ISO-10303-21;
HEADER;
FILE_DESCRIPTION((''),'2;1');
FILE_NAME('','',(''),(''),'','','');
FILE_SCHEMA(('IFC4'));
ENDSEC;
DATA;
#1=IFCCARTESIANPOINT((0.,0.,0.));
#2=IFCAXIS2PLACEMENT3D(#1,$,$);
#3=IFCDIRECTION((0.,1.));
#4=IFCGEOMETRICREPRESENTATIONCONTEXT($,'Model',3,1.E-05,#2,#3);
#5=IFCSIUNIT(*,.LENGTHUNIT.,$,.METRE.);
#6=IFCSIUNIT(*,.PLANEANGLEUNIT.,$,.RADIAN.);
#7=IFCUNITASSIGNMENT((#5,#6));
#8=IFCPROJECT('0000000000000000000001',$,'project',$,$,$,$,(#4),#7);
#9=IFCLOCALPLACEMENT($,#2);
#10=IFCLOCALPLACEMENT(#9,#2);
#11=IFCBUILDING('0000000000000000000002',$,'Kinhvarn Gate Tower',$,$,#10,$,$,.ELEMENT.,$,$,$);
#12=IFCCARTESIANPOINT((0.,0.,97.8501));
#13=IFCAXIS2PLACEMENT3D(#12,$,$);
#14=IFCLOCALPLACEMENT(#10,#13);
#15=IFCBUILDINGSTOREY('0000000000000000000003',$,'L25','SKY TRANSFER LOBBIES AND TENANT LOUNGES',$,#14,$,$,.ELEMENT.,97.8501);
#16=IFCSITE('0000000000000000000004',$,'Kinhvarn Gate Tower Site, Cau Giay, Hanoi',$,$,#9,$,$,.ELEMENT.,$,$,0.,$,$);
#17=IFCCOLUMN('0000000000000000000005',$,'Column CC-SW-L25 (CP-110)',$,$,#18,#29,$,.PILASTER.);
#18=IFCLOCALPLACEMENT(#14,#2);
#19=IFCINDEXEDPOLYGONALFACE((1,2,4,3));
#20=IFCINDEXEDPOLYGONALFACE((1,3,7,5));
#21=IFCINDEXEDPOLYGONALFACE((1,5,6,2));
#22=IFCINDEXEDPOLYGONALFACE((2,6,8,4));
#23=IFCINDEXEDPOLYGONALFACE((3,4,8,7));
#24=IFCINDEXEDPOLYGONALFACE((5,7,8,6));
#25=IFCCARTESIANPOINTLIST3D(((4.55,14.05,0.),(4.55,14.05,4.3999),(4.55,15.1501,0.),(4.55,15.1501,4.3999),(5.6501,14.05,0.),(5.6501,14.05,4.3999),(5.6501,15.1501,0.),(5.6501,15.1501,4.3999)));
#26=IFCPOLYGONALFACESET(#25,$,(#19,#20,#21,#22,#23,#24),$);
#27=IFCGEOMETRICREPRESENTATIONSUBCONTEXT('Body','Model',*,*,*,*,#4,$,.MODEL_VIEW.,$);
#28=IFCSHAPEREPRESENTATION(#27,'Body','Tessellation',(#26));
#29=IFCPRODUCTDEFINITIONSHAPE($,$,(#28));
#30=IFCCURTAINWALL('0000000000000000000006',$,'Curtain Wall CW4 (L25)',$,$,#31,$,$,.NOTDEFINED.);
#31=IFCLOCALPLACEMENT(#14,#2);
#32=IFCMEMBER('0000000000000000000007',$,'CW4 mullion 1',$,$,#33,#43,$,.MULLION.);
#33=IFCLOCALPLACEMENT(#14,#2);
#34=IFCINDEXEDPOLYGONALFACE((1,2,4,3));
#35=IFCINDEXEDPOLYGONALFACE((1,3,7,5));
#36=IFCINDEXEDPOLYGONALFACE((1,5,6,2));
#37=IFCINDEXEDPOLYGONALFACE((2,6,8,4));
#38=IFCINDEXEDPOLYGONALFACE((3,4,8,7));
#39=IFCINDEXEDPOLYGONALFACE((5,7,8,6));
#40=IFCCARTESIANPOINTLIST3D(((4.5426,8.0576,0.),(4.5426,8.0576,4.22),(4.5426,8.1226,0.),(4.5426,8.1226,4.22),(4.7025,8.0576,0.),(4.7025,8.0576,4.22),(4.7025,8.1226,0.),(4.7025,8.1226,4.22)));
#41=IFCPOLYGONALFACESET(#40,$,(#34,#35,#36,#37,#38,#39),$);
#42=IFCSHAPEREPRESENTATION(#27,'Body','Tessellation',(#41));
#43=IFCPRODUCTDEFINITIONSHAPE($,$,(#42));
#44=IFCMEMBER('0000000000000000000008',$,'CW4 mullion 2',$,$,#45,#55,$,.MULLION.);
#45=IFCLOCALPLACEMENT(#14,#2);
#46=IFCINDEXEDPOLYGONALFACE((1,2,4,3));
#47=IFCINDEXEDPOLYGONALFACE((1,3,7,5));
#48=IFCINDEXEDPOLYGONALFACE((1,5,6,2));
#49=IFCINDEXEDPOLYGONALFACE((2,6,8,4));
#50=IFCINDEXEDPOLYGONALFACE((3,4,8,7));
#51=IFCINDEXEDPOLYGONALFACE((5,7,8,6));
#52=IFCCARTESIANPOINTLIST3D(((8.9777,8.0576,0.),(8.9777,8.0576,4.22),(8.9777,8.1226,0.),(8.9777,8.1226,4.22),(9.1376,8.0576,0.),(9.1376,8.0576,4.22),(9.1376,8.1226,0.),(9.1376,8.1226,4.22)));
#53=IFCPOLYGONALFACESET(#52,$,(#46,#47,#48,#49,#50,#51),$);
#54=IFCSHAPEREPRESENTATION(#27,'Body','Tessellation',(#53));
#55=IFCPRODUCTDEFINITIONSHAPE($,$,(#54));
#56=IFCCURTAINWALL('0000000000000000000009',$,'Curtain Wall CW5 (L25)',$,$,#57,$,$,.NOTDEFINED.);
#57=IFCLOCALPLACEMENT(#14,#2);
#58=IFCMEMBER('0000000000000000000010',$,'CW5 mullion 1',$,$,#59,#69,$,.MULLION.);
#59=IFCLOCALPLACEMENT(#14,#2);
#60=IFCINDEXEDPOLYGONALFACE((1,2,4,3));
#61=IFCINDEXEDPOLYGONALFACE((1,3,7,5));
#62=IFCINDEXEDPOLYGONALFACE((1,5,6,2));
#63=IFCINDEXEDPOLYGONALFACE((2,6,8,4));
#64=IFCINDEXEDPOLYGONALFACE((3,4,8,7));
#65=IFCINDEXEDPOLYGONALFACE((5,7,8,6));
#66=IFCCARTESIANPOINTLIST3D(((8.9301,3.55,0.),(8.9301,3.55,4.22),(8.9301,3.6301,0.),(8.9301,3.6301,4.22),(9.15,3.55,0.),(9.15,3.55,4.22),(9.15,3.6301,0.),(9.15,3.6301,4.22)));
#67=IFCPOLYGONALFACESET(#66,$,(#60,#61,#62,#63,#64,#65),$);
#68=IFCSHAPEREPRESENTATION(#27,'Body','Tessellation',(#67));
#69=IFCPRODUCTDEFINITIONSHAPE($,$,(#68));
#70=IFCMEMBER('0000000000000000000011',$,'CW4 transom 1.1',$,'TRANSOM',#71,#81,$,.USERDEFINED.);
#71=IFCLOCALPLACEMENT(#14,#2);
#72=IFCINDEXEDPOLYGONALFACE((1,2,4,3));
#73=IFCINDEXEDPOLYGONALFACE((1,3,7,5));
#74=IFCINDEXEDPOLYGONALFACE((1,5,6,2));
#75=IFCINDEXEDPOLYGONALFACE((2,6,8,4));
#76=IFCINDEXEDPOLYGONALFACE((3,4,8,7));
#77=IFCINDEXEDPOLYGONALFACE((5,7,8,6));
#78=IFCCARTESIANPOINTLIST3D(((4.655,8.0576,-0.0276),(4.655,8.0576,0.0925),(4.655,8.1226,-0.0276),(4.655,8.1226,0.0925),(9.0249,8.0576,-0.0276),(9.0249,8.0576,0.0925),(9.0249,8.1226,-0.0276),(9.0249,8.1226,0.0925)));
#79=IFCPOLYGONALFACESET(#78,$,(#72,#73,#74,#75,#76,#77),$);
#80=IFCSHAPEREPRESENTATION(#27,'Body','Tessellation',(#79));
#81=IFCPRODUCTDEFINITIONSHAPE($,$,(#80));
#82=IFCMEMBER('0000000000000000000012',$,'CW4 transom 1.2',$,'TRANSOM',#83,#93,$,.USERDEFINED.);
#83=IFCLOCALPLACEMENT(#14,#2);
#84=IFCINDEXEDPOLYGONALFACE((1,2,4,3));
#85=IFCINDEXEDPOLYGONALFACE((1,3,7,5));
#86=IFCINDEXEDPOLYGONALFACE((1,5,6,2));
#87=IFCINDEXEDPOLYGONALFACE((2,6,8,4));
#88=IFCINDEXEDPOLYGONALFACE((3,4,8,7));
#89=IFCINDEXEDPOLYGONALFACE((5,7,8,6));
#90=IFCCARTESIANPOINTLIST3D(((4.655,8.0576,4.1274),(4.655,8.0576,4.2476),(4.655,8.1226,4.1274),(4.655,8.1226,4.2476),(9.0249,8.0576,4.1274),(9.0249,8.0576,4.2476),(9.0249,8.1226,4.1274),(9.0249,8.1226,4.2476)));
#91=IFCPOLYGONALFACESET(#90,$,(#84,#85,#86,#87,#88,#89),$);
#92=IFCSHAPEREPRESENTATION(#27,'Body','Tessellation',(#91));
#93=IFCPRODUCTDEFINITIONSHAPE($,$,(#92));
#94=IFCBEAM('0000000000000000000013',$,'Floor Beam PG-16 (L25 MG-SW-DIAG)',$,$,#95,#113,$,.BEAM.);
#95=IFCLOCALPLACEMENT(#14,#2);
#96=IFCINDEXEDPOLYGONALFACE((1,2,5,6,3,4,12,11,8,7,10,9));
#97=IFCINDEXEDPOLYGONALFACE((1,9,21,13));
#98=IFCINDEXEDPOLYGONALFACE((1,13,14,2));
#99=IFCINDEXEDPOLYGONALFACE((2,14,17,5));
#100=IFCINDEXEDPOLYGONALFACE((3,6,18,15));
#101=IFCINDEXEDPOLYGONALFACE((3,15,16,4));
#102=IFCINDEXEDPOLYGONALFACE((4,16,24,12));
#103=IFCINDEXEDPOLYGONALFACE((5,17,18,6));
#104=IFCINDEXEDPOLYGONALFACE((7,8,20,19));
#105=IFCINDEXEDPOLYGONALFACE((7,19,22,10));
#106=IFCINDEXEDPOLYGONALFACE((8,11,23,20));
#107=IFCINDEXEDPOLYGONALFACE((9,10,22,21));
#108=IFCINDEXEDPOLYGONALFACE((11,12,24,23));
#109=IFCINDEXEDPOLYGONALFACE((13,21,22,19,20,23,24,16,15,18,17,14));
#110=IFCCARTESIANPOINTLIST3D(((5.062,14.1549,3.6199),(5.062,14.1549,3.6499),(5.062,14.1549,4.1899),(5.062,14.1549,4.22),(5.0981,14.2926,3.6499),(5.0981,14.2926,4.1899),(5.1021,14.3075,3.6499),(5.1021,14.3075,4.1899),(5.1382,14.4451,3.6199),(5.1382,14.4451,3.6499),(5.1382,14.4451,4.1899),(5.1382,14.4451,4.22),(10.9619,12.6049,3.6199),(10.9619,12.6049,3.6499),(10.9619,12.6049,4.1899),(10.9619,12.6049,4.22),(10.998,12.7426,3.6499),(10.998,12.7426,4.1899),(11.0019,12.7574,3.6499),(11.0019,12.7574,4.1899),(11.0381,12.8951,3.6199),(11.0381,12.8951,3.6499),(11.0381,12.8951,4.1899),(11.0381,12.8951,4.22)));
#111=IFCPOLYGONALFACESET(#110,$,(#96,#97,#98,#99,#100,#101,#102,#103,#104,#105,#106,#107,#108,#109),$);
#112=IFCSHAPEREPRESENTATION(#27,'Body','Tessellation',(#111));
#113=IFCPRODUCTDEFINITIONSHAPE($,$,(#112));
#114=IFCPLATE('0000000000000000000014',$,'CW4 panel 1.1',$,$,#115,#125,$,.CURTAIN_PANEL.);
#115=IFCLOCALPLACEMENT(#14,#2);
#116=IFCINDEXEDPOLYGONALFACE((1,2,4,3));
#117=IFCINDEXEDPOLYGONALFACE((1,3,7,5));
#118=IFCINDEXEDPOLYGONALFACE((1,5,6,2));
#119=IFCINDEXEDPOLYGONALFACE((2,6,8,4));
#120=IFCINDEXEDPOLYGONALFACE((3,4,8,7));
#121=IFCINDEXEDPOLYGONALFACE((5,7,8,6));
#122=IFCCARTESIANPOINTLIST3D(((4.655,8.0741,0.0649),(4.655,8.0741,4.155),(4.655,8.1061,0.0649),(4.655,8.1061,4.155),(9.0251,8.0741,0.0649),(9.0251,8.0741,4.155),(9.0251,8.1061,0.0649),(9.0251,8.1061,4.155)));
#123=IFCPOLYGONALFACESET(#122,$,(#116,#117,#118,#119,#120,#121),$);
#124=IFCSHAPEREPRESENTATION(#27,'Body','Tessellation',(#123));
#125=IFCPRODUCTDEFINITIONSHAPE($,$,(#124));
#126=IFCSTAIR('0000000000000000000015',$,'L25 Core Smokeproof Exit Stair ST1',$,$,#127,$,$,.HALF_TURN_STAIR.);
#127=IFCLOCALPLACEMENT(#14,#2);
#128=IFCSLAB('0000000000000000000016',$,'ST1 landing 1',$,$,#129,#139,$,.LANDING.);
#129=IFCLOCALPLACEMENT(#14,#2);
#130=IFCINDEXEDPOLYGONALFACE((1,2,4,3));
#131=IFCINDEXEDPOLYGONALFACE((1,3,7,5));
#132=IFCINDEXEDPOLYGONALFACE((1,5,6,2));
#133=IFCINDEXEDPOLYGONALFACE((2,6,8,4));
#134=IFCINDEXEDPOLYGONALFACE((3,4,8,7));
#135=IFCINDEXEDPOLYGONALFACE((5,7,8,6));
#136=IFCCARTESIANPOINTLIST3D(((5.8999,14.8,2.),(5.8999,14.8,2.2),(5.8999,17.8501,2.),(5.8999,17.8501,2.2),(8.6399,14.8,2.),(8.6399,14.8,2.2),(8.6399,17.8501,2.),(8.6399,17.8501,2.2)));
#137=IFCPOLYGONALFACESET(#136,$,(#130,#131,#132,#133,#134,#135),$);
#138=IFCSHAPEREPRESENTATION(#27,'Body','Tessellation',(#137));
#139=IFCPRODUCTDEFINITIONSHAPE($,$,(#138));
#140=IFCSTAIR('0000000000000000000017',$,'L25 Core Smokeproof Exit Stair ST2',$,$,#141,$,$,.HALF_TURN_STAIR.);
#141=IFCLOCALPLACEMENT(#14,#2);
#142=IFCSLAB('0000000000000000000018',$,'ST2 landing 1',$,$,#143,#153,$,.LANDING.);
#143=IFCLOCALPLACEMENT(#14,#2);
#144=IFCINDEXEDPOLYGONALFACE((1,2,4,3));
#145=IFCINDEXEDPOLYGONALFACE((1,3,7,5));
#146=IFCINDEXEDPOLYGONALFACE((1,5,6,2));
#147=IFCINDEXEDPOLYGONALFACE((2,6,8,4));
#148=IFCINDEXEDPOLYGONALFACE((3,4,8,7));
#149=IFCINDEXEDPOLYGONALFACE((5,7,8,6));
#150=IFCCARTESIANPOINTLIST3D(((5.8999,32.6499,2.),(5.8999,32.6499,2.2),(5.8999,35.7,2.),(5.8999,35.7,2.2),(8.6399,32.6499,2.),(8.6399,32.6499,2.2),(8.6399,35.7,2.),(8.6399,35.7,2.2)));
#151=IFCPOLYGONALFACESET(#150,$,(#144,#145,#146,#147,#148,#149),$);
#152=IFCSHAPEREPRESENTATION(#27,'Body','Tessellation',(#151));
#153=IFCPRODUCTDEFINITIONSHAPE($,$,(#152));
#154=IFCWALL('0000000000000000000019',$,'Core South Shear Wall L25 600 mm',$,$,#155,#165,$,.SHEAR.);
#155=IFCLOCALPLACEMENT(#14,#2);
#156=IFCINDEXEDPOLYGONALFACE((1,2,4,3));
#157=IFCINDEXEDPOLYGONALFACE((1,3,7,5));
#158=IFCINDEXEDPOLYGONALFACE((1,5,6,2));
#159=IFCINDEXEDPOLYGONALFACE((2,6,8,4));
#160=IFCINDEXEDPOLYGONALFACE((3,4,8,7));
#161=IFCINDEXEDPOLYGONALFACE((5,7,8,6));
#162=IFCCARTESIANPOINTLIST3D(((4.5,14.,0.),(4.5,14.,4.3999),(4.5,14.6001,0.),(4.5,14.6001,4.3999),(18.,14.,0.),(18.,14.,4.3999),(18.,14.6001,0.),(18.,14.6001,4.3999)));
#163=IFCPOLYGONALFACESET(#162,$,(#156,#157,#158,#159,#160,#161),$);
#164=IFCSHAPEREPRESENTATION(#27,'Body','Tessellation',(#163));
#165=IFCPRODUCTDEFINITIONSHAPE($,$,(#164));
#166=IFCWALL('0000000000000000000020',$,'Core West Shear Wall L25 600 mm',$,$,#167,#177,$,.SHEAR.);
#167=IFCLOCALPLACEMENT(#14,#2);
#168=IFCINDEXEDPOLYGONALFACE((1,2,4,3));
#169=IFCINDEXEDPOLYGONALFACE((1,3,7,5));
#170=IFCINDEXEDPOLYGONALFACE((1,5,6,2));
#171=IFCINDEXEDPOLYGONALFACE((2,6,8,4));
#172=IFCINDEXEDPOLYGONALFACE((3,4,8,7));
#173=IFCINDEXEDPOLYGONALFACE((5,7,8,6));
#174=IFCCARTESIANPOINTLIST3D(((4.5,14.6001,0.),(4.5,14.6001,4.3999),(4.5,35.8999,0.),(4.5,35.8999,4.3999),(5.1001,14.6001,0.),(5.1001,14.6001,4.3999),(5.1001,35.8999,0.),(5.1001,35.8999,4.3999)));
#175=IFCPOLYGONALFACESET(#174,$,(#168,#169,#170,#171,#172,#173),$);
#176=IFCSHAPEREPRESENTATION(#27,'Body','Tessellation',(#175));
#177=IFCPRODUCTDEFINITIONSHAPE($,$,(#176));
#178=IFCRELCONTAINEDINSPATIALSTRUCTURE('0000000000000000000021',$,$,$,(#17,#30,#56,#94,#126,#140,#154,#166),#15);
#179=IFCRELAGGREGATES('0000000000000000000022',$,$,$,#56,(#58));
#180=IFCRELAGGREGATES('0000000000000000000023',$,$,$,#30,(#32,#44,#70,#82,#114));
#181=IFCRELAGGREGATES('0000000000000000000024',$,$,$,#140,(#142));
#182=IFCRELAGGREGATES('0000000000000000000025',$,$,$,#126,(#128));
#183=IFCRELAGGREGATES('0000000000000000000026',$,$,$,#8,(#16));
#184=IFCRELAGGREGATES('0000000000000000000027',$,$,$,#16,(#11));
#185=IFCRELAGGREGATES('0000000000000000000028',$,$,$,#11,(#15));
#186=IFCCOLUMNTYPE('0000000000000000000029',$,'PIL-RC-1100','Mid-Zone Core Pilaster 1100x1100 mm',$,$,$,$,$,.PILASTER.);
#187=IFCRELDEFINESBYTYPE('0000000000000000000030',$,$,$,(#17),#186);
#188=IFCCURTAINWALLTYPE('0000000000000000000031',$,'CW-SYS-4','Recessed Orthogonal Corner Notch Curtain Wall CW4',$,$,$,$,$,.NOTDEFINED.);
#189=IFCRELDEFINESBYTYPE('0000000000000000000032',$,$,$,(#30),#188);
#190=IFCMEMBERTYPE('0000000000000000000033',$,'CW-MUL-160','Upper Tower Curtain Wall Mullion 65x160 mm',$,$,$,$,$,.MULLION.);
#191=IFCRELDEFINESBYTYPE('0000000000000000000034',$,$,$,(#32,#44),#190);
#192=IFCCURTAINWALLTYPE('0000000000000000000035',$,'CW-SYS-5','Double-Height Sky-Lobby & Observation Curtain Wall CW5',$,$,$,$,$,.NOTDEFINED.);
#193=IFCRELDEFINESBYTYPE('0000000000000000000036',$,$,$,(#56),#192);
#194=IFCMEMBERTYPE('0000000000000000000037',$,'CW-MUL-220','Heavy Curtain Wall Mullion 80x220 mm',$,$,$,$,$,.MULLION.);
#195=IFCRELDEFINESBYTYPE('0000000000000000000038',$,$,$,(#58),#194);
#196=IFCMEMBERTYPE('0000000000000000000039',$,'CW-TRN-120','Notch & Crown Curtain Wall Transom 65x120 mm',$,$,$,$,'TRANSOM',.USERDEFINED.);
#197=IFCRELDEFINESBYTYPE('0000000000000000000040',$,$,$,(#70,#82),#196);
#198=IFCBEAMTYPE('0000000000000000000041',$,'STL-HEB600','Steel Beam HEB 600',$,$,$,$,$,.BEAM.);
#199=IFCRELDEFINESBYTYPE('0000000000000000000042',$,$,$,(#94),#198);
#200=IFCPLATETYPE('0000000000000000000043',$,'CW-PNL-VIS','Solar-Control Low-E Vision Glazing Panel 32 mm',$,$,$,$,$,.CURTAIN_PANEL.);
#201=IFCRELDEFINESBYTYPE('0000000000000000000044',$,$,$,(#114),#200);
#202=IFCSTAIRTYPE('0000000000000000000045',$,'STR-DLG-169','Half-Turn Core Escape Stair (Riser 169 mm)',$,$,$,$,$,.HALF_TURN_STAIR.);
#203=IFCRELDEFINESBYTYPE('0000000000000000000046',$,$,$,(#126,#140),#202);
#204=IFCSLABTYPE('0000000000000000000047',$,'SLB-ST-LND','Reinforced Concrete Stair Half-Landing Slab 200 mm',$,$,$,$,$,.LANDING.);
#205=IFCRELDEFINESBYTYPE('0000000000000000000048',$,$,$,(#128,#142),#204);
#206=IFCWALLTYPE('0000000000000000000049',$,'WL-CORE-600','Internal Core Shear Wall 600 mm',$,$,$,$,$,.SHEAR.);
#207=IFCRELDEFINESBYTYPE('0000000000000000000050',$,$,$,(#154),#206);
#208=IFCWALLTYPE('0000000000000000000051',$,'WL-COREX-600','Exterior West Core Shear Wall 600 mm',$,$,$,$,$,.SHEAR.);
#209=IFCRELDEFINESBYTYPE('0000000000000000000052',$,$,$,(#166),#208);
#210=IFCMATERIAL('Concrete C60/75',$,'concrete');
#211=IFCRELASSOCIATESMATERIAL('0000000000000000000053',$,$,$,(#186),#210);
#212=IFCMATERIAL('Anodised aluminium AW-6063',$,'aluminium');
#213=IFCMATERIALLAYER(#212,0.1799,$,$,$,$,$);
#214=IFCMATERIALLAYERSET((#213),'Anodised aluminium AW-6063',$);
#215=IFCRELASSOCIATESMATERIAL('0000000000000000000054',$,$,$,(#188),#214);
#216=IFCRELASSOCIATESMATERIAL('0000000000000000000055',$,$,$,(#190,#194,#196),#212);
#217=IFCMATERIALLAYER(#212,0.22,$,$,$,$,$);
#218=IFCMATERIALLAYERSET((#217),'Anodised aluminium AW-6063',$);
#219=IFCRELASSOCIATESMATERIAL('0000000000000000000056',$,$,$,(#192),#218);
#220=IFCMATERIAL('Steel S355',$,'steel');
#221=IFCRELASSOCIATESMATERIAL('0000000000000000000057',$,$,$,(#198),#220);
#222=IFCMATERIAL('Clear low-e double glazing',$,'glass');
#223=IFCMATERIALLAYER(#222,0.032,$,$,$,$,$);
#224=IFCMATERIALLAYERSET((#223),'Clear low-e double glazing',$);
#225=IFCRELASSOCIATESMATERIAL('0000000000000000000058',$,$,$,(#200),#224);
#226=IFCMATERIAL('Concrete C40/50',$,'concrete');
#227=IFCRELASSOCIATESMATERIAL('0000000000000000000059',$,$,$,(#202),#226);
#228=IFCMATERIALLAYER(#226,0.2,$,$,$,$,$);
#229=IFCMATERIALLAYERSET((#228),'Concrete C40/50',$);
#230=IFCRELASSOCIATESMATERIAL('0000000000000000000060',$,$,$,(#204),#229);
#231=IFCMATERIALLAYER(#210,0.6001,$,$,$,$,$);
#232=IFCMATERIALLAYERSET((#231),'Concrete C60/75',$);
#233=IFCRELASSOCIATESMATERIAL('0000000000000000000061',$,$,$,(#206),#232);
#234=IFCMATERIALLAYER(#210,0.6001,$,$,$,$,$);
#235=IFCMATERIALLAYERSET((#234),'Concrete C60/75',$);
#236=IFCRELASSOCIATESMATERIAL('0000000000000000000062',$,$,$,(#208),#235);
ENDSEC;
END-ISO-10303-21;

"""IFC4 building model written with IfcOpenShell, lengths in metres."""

from ifc_helpers import new_model, si_unit, direction, frame, frame_2d, origin, origin_2d, place, context, subcontext, project, spatial, polyline, rectangle, i_section, outline, extrude, material, layer, layer_set, material_profile, profile_set, type_object, element, aggregate, save


model = new_model("IFC4")

# Units and contexts
model_context = context("Model", 3, precision=1e-05, world=origin(), true_north=direction((0.0, 1.0)))
body_context = subcontext(model_context, "Body", "Model", "MODEL_VIEW")
ifc_project = project(units=[si_unit("LENGTHUNIT", "METRE"), si_unit("PLANEANGLEUNIT", "RADIAN")], contexts=[model_context])

# Site, building, storey
site_placement = place(None, origin())
site = spatial("IfcSite", under=ifc_project, at=site_placement, Name="Kinhvarn Gate Tower Site, Cau Giay, Hanoi", CompositionType="ELEMENT", RefElevation=0.0)
building_placement = place(site_placement, origin())
building = spatial("IfcBuilding", under=site, at=building_placement, Name="Kinhvarn Gate Tower", CompositionType="ELEMENT")
storey_placement = place(building_placement, frame((0.0, 0.0, 97.8501)))
storey = spatial("IfcBuildingStorey", under=building, at=storey_placement, Name="L25", Description="SKY TRANSFER LOBBIES AND TENANT LOUNGES", CompositionType="ELEMENT", Elevation=97.8501)

# Column
ifc_material_1 = material(Name="Concrete C60/75", Category="concrete")
ifc_material_profile_1 = material_profile(ifc_material_1, rectangle(XDim=1.1001, YDim=1.1001, at=origin_2d()), Name="RC 1100x1100")
ifc_profile_set_1 = profile_set([ifc_material_profile_1], Name="Concrete C60/75")
column_type = type_object("IfcColumnType", Name="PIL-RC-1100", Description="Mid-Zone Core Pilaster 1100x1100 mm", PredefinedType="PILASTER", material=ifc_profile_set_1)
column_placement = place(storey_placement, frame((5.1001, 14.6001, 0.0), z_axis=(0.0, 0.0, 1.0), x_axis=(1.0, 0.0, 0.0)))
element("IfcColumn", 1, at=column_placement, inside=storey, type_object=column_type, Name="Column CC-SW-L25 (CP-110)", PredefinedType="PILASTER", context=body_context, shape_type="SweptSolid", body=[
    extrude(rectangle(XDim=1.1001, YDim=1.1001, at=origin_2d()), origin(), (0.0, 0.0, 1.0), 4.3999),
])

# Curtain wall, members
ifc_material_2 = material(Name="Anodised aluminium AW-6063", Category="aluminium")
ifc_layer_1 = layer(ifc_material_2, 0.1799)
ifc_layer_set_1 = layer_set([ifc_layer_1], Name="Anodised aluminium AW-6063")
curtain_wall_type_1 = type_object("IfcCurtainWallType", Name="CW-SYS-4", Description="Recessed Orthogonal Corner Notch Curtain Wall CW4", PredefinedType="NOTDEFINED", material=ifc_layer_set_1)
curtain_wall_1_placement = place(storey_placement, origin())
curtain_wall_1 = element("IfcCurtainWall", 2, at=curtain_wall_1_placement, inside=storey, type_object=curtain_wall_type_1, Name="Curtain Wall CW4 (L25)", PredefinedType="NOTDEFINED")
ifc_material_profile_2 = material_profile(ifc_material_2, rectangle(XDim=0.0649, YDim=0.1599, at=origin_2d()), Name="ALU 65x160")
ifc_profile_set_2 = profile_set([ifc_material_profile_2], Name="Anodised aluminium AW-6063")
member_type_1 = type_object("IfcMemberType", Name="CW-MUL-160", Description="Upper Tower Curtain Wall Mullion 65x160 mm", PredefinedType="MULLION", material=ifc_profile_set_2)
member_1_placement = place(storey_placement, frame((4.6226, 8.0901, 0.0), z_axis=(0.0, 0.0, 1.0), x_axis=(0.0, 1.0, 0.0)))
member_1 = element("IfcMember", 3, at=member_1_placement, type_object=member_type_1, Name="CW4 mullion 1", PredefinedType="MULLION", context=body_context, shape_type="SweptSolid", body=[
    extrude(rectangle(XDim=0.0649, YDim=0.1599, at=origin_2d()), origin(), (0.0, 0.0, 1.0), 4.22),
])
member_2_placement = place(storey_placement, frame((9.0576, 8.0901, 0.0), z_axis=(0.0, 0.0, 1.0), x_axis=(0.0, 1.0, 0.0)))
member_2 = element("IfcMember", 4, at=member_2_placement, type_object=member_type_1, Name="CW4 mullion 2", PredefinedType="MULLION", context=body_context, shape_type="SweptSolid", body=[
    extrude(rectangle(XDim=0.0649, YDim=0.1599, at=origin_2d()), origin(), (0.0, 0.0, 1.0), 4.22),
])

# Curtain wall, member
ifc_layer_2 = layer(ifc_material_2, 0.22)
ifc_layer_set_2 = layer_set([ifc_layer_2], Name="Anodised aluminium AW-6063")
curtain_wall_type_2 = type_object("IfcCurtainWallType", Name="CW-SYS-5", Description="Double-Height Sky-Lobby & Observation Curtain Wall CW5", PredefinedType="NOTDEFINED", material=ifc_layer_set_2)
curtain_wall_2_placement = place(storey_placement, origin())
curtain_wall_2 = element("IfcCurtainWall", 5, at=curtain_wall_2_placement, inside=storey, type_object=curtain_wall_type_2, Name="Curtain Wall CW5 (L25)", PredefinedType="NOTDEFINED")
ifc_material_profile_3 = material_profile(ifc_material_2, rectangle(XDim=0.0801, YDim=0.22, at=origin_2d()), Name="ALU 80x220")
ifc_profile_set_3 = profile_set([ifc_material_profile_3], Name="Anodised aluminium AW-6063")
member_type_2 = type_object("IfcMemberType", Name="CW-MUL-220", Description="Heavy Curtain Wall Mullion 80x220 mm", PredefinedType="MULLION", material=ifc_profile_set_3)
member_3_placement = place(storey_placement, frame((9.04, 3.5901, 0.0), z_axis=(0.0, 0.0, 1.0), x_axis=(0.0, 1.0, 0.0)))
member_3 = element("IfcMember", 6, at=member_3_placement, type_object=member_type_2, Name="CW5 mullion 1", PredefinedType="MULLION", context=body_context, shape_type="SweptSolid", body=[
    extrude(rectangle(XDim=0.0801, YDim=0.22, at=origin_2d()), origin(), (0.0, 0.0, 1.0), 4.22),
])
aggregate(curtain_wall_2, [member_3])

# Members
ifc_material_profile_4 = material_profile(ifc_material_2, rectangle(XDim=0.0649, YDim=0.1201, at=origin_2d()), Name="ALU 65x120")
ifc_profile_set_4 = profile_set([ifc_material_profile_4], Name="Anodised aluminium AW-6063")
member_type_3 = type_object("IfcMemberType", Name="CW-TRN-120", Description="Notch & Crown Curtain Wall Transom 65x120 mm", ElementType="TRANSOM", PredefinedType="USERDEFINED", material=ifc_profile_set_4)
member_4_placement = place(storey_placement, frame((4.655, 8.0901, 0.0325), z_axis=(1.0, 0.0, 0.0), x_axis=(0.0, 1.0, 0.0)))
member_4 = element("IfcMember", 7, at=member_4_placement, type_object=member_type_3, Name="CW4 transom 1.1", ObjectType="TRANSOM", PredefinedType="USERDEFINED", context=body_context, shape_type="SweptSolid", body=[
    extrude(rectangle(XDim=0.0649, YDim=0.1201, at=origin_2d()), origin(), (0.0, 0.0, 1.0), 4.3699),
])
member_5_placement = place(storey_placement, frame((4.655, 8.0901, 4.1875), z_axis=(1.0, 0.0, 0.0), x_axis=(0.0, 1.0, 0.0)))
member_5 = element("IfcMember", 8, at=member_5_placement, type_object=member_type_3, Name="CW4 transom 1.2", ObjectType="TRANSOM", PredefinedType="USERDEFINED", context=body_context, shape_type="SweptSolid", body=[
    extrude(rectangle(XDim=0.0649, YDim=0.1201, at=origin_2d()), origin(), (0.0, 0.0, 1.0), 4.3699),
])

# Beam
ifc_material_3 = material(Name="Steel S355", Category="steel")
ifc_material_profile_5 = material_profile(ifc_material_3, i_section(OverallWidth=0.3, OverallDepth=0.6001, WebThickness=0.0154, FlangeThickness=0.03, at=origin_2d()), Name="HEB 600")
ifc_profile_set_5 = profile_set([ifc_material_profile_5], Name="Steel S355")
beam_type = type_object("IfcBeamType", Name="STL-HEB600", Description="Steel Beam HEB 600", PredefinedType="BEAM", material=ifc_profile_set_5)
beam_placement = place(storey_placement, frame((5.1001, 14.3, 3.9199), z_axis=(0.967178, -0.254101, 0.0), x_axis=(0.254101, 0.967178, 0.0)))
element("IfcBeam", 9, at=beam_placement, inside=storey, type_object=beam_type, Name="Floor Beam PG-16 (L25 MG-SW-DIAG)", PredefinedType="BEAM", context=body_context, shape_type="SweptSolid", body=[
    extrude(i_section(OverallWidth=0.3, OverallDepth=0.6001, WebThickness=0.0154, FlangeThickness=0.03, at=origin_2d()), origin(), (0.0, 0.0, 1.0), 6.1001),
])

# Plate
ifc_material_4 = material(Name="Clear low-e double glazing", Category="glass")
ifc_layer_3 = layer(ifc_material_4, 0.032)
ifc_layer_set_3 = layer_set([ifc_layer_3], Name="Clear low-e double glazing")
plate_type = type_object("IfcPlateType", Name="CW-PNL-VIS", Description="Solar-Control Low-E Vision Glazing Panel 32 mm", PredefinedType="CURTAIN_PANEL", material=ifc_layer_set_3)
plate_placement = place(storey_placement, frame((6.8401, 8.0901, 0.0649), z_axis=(0.0, 0.0, 1.0), x_axis=(1.0, 0.0, 0.0)))
plate = element("IfcPlate", 10, at=plate_placement, type_object=plate_type, Name="CW4 panel 1.1", PredefinedType="CURTAIN_PANEL", context=body_context, shape_type="SweptSolid", body=[
    extrude(rectangle(XDim=4.3701, YDim=0.032, at=origin_2d()), origin(), (0.0, 0.0, 1.0), 4.0901),
])
aggregate(curtain_wall_1, [member_1, member_2, member_4, member_5, plate])

# Stairs, slabs
ifc_material_5 = material(Name="Concrete C40/50", Category="concrete")
stair_type = type_object("IfcStairType", Name="STR-DLG-169", Description="Half-Turn Core Escape Stair (Riser 169 mm)", PredefinedType="HALF_TURN_STAIR", material=ifc_material_5)
stair_1_placement = place(storey_placement, origin())
stair_1 = element("IfcStair", 11, at=stair_1_placement, inside=storey, type_object=stair_type, Name="L25 Core Smokeproof Exit Stair ST1", PredefinedType="HALF_TURN_STAIR")
ifc_layer_4 = layer(ifc_material_5, 0.2)
ifc_layer_set_4 = layer_set([ifc_layer_4], Name="Concrete C40/50")
slab_type = type_object("IfcSlabType", Name="SLB-ST-LND", Description="Reinforced Concrete Stair Half-Landing Slab 200 mm", PredefinedType="LANDING", material=ifc_layer_set_4)
slab_1_placement = place(storey_placement, frame((0.0, 0.0, 2.0)))
slab_1 = element("IfcSlab", 12, at=slab_1_placement, type_object=slab_type, Name="ST1 landing 1", PredefinedType="LANDING", context=body_context, shape_type="SweptSolid", body=[
    extrude(outline(polyline([(8.6399, 17.8501), (5.8999, 17.8501), (5.8999, 14.8), (8.6399, 14.8), (8.6399, 17.8501)])), origin(), (0.0, 0.0, 1.0), 0.2),
])
stair_2_placement = place(storey_placement, origin())
stair_2 = element("IfcStair", 13, at=stair_2_placement, inside=storey, type_object=stair_type, Name="L25 Core Smokeproof Exit Stair ST2", PredefinedType="HALF_TURN_STAIR")
slab_2_placement = place(storey_placement, frame((0.0, 0.0, 2.0)))
slab_2 = element("IfcSlab", 14, at=slab_2_placement, type_object=slab_type, Name="ST2 landing 1", PredefinedType="LANDING", context=body_context, shape_type="SweptSolid", body=[
    extrude(outline(polyline([(8.6399, 35.7), (5.8999, 35.7), (5.8999, 32.6499), (8.6399, 32.6499), (8.6399, 35.7)])), origin(), (0.0, 0.0, 1.0), 0.2),
])
aggregate(stair_2, [slab_2])

# Walls
ifc_layer_5 = layer(ifc_material_1, 0.6001)
ifc_layer_set_5 = layer_set([ifc_layer_5], Name="Concrete C60/75")
wall_type_1 = type_object("IfcWallType", Name="WL-CORE-600", Description="Internal Core Shear Wall 600 mm", PredefinedType="SHEAR", material=ifc_layer_set_5)
wall_1_placement = place(storey_placement, frame((4.5, 14.3, 0.0), z_axis=(0.0, 0.0, 1.0), x_axis=(1.0, 0.0, 0.0)))
element("IfcWall", 15, at=wall_1_placement, inside=storey, type_object=wall_type_1, Name="Core South Shear Wall L25 600 mm", PredefinedType="SHEAR", context=body_context, shape_type="SweptSolid", body=[
    extrude(rectangle(XDim=13.5, YDim=0.6001, at=frame_2d((6.75, 0.0))), origin(), (0.0, 0.0, 1.0), 4.3999),
])
ifc_layer_6 = layer(ifc_material_1, 0.6001)
ifc_layer_set_6 = layer_set([ifc_layer_6], Name="Concrete C60/75")
wall_type_2 = type_object("IfcWallType", Name="WL-COREX-600", Description="Exterior West Core Shear Wall 600 mm", PredefinedType="SHEAR", material=ifc_layer_set_6)
wall_2_placement = place(storey_placement, frame((4.8, 14.6001, 0.0), z_axis=(0.0, 0.0, 1.0), x_axis=(0.0, 1.0, 0.0)))
element("IfcWall", 16, at=wall_2_placement, inside=storey, type_object=wall_type_2, Name="Core West Shear Wall L25 600 mm", PredefinedType="SHEAR", context=body_context, shape_type="SweptSolid", body=[
    extrude(rectangle(XDim=21.2998, YDim=0.6001, at=frame_2d((10.6499, 0.0))), origin(), (0.0, 0.0, 1.0), 4.3999),
])

aggregate(stair_1, [slab_1])

save(model, "model.ifc")
